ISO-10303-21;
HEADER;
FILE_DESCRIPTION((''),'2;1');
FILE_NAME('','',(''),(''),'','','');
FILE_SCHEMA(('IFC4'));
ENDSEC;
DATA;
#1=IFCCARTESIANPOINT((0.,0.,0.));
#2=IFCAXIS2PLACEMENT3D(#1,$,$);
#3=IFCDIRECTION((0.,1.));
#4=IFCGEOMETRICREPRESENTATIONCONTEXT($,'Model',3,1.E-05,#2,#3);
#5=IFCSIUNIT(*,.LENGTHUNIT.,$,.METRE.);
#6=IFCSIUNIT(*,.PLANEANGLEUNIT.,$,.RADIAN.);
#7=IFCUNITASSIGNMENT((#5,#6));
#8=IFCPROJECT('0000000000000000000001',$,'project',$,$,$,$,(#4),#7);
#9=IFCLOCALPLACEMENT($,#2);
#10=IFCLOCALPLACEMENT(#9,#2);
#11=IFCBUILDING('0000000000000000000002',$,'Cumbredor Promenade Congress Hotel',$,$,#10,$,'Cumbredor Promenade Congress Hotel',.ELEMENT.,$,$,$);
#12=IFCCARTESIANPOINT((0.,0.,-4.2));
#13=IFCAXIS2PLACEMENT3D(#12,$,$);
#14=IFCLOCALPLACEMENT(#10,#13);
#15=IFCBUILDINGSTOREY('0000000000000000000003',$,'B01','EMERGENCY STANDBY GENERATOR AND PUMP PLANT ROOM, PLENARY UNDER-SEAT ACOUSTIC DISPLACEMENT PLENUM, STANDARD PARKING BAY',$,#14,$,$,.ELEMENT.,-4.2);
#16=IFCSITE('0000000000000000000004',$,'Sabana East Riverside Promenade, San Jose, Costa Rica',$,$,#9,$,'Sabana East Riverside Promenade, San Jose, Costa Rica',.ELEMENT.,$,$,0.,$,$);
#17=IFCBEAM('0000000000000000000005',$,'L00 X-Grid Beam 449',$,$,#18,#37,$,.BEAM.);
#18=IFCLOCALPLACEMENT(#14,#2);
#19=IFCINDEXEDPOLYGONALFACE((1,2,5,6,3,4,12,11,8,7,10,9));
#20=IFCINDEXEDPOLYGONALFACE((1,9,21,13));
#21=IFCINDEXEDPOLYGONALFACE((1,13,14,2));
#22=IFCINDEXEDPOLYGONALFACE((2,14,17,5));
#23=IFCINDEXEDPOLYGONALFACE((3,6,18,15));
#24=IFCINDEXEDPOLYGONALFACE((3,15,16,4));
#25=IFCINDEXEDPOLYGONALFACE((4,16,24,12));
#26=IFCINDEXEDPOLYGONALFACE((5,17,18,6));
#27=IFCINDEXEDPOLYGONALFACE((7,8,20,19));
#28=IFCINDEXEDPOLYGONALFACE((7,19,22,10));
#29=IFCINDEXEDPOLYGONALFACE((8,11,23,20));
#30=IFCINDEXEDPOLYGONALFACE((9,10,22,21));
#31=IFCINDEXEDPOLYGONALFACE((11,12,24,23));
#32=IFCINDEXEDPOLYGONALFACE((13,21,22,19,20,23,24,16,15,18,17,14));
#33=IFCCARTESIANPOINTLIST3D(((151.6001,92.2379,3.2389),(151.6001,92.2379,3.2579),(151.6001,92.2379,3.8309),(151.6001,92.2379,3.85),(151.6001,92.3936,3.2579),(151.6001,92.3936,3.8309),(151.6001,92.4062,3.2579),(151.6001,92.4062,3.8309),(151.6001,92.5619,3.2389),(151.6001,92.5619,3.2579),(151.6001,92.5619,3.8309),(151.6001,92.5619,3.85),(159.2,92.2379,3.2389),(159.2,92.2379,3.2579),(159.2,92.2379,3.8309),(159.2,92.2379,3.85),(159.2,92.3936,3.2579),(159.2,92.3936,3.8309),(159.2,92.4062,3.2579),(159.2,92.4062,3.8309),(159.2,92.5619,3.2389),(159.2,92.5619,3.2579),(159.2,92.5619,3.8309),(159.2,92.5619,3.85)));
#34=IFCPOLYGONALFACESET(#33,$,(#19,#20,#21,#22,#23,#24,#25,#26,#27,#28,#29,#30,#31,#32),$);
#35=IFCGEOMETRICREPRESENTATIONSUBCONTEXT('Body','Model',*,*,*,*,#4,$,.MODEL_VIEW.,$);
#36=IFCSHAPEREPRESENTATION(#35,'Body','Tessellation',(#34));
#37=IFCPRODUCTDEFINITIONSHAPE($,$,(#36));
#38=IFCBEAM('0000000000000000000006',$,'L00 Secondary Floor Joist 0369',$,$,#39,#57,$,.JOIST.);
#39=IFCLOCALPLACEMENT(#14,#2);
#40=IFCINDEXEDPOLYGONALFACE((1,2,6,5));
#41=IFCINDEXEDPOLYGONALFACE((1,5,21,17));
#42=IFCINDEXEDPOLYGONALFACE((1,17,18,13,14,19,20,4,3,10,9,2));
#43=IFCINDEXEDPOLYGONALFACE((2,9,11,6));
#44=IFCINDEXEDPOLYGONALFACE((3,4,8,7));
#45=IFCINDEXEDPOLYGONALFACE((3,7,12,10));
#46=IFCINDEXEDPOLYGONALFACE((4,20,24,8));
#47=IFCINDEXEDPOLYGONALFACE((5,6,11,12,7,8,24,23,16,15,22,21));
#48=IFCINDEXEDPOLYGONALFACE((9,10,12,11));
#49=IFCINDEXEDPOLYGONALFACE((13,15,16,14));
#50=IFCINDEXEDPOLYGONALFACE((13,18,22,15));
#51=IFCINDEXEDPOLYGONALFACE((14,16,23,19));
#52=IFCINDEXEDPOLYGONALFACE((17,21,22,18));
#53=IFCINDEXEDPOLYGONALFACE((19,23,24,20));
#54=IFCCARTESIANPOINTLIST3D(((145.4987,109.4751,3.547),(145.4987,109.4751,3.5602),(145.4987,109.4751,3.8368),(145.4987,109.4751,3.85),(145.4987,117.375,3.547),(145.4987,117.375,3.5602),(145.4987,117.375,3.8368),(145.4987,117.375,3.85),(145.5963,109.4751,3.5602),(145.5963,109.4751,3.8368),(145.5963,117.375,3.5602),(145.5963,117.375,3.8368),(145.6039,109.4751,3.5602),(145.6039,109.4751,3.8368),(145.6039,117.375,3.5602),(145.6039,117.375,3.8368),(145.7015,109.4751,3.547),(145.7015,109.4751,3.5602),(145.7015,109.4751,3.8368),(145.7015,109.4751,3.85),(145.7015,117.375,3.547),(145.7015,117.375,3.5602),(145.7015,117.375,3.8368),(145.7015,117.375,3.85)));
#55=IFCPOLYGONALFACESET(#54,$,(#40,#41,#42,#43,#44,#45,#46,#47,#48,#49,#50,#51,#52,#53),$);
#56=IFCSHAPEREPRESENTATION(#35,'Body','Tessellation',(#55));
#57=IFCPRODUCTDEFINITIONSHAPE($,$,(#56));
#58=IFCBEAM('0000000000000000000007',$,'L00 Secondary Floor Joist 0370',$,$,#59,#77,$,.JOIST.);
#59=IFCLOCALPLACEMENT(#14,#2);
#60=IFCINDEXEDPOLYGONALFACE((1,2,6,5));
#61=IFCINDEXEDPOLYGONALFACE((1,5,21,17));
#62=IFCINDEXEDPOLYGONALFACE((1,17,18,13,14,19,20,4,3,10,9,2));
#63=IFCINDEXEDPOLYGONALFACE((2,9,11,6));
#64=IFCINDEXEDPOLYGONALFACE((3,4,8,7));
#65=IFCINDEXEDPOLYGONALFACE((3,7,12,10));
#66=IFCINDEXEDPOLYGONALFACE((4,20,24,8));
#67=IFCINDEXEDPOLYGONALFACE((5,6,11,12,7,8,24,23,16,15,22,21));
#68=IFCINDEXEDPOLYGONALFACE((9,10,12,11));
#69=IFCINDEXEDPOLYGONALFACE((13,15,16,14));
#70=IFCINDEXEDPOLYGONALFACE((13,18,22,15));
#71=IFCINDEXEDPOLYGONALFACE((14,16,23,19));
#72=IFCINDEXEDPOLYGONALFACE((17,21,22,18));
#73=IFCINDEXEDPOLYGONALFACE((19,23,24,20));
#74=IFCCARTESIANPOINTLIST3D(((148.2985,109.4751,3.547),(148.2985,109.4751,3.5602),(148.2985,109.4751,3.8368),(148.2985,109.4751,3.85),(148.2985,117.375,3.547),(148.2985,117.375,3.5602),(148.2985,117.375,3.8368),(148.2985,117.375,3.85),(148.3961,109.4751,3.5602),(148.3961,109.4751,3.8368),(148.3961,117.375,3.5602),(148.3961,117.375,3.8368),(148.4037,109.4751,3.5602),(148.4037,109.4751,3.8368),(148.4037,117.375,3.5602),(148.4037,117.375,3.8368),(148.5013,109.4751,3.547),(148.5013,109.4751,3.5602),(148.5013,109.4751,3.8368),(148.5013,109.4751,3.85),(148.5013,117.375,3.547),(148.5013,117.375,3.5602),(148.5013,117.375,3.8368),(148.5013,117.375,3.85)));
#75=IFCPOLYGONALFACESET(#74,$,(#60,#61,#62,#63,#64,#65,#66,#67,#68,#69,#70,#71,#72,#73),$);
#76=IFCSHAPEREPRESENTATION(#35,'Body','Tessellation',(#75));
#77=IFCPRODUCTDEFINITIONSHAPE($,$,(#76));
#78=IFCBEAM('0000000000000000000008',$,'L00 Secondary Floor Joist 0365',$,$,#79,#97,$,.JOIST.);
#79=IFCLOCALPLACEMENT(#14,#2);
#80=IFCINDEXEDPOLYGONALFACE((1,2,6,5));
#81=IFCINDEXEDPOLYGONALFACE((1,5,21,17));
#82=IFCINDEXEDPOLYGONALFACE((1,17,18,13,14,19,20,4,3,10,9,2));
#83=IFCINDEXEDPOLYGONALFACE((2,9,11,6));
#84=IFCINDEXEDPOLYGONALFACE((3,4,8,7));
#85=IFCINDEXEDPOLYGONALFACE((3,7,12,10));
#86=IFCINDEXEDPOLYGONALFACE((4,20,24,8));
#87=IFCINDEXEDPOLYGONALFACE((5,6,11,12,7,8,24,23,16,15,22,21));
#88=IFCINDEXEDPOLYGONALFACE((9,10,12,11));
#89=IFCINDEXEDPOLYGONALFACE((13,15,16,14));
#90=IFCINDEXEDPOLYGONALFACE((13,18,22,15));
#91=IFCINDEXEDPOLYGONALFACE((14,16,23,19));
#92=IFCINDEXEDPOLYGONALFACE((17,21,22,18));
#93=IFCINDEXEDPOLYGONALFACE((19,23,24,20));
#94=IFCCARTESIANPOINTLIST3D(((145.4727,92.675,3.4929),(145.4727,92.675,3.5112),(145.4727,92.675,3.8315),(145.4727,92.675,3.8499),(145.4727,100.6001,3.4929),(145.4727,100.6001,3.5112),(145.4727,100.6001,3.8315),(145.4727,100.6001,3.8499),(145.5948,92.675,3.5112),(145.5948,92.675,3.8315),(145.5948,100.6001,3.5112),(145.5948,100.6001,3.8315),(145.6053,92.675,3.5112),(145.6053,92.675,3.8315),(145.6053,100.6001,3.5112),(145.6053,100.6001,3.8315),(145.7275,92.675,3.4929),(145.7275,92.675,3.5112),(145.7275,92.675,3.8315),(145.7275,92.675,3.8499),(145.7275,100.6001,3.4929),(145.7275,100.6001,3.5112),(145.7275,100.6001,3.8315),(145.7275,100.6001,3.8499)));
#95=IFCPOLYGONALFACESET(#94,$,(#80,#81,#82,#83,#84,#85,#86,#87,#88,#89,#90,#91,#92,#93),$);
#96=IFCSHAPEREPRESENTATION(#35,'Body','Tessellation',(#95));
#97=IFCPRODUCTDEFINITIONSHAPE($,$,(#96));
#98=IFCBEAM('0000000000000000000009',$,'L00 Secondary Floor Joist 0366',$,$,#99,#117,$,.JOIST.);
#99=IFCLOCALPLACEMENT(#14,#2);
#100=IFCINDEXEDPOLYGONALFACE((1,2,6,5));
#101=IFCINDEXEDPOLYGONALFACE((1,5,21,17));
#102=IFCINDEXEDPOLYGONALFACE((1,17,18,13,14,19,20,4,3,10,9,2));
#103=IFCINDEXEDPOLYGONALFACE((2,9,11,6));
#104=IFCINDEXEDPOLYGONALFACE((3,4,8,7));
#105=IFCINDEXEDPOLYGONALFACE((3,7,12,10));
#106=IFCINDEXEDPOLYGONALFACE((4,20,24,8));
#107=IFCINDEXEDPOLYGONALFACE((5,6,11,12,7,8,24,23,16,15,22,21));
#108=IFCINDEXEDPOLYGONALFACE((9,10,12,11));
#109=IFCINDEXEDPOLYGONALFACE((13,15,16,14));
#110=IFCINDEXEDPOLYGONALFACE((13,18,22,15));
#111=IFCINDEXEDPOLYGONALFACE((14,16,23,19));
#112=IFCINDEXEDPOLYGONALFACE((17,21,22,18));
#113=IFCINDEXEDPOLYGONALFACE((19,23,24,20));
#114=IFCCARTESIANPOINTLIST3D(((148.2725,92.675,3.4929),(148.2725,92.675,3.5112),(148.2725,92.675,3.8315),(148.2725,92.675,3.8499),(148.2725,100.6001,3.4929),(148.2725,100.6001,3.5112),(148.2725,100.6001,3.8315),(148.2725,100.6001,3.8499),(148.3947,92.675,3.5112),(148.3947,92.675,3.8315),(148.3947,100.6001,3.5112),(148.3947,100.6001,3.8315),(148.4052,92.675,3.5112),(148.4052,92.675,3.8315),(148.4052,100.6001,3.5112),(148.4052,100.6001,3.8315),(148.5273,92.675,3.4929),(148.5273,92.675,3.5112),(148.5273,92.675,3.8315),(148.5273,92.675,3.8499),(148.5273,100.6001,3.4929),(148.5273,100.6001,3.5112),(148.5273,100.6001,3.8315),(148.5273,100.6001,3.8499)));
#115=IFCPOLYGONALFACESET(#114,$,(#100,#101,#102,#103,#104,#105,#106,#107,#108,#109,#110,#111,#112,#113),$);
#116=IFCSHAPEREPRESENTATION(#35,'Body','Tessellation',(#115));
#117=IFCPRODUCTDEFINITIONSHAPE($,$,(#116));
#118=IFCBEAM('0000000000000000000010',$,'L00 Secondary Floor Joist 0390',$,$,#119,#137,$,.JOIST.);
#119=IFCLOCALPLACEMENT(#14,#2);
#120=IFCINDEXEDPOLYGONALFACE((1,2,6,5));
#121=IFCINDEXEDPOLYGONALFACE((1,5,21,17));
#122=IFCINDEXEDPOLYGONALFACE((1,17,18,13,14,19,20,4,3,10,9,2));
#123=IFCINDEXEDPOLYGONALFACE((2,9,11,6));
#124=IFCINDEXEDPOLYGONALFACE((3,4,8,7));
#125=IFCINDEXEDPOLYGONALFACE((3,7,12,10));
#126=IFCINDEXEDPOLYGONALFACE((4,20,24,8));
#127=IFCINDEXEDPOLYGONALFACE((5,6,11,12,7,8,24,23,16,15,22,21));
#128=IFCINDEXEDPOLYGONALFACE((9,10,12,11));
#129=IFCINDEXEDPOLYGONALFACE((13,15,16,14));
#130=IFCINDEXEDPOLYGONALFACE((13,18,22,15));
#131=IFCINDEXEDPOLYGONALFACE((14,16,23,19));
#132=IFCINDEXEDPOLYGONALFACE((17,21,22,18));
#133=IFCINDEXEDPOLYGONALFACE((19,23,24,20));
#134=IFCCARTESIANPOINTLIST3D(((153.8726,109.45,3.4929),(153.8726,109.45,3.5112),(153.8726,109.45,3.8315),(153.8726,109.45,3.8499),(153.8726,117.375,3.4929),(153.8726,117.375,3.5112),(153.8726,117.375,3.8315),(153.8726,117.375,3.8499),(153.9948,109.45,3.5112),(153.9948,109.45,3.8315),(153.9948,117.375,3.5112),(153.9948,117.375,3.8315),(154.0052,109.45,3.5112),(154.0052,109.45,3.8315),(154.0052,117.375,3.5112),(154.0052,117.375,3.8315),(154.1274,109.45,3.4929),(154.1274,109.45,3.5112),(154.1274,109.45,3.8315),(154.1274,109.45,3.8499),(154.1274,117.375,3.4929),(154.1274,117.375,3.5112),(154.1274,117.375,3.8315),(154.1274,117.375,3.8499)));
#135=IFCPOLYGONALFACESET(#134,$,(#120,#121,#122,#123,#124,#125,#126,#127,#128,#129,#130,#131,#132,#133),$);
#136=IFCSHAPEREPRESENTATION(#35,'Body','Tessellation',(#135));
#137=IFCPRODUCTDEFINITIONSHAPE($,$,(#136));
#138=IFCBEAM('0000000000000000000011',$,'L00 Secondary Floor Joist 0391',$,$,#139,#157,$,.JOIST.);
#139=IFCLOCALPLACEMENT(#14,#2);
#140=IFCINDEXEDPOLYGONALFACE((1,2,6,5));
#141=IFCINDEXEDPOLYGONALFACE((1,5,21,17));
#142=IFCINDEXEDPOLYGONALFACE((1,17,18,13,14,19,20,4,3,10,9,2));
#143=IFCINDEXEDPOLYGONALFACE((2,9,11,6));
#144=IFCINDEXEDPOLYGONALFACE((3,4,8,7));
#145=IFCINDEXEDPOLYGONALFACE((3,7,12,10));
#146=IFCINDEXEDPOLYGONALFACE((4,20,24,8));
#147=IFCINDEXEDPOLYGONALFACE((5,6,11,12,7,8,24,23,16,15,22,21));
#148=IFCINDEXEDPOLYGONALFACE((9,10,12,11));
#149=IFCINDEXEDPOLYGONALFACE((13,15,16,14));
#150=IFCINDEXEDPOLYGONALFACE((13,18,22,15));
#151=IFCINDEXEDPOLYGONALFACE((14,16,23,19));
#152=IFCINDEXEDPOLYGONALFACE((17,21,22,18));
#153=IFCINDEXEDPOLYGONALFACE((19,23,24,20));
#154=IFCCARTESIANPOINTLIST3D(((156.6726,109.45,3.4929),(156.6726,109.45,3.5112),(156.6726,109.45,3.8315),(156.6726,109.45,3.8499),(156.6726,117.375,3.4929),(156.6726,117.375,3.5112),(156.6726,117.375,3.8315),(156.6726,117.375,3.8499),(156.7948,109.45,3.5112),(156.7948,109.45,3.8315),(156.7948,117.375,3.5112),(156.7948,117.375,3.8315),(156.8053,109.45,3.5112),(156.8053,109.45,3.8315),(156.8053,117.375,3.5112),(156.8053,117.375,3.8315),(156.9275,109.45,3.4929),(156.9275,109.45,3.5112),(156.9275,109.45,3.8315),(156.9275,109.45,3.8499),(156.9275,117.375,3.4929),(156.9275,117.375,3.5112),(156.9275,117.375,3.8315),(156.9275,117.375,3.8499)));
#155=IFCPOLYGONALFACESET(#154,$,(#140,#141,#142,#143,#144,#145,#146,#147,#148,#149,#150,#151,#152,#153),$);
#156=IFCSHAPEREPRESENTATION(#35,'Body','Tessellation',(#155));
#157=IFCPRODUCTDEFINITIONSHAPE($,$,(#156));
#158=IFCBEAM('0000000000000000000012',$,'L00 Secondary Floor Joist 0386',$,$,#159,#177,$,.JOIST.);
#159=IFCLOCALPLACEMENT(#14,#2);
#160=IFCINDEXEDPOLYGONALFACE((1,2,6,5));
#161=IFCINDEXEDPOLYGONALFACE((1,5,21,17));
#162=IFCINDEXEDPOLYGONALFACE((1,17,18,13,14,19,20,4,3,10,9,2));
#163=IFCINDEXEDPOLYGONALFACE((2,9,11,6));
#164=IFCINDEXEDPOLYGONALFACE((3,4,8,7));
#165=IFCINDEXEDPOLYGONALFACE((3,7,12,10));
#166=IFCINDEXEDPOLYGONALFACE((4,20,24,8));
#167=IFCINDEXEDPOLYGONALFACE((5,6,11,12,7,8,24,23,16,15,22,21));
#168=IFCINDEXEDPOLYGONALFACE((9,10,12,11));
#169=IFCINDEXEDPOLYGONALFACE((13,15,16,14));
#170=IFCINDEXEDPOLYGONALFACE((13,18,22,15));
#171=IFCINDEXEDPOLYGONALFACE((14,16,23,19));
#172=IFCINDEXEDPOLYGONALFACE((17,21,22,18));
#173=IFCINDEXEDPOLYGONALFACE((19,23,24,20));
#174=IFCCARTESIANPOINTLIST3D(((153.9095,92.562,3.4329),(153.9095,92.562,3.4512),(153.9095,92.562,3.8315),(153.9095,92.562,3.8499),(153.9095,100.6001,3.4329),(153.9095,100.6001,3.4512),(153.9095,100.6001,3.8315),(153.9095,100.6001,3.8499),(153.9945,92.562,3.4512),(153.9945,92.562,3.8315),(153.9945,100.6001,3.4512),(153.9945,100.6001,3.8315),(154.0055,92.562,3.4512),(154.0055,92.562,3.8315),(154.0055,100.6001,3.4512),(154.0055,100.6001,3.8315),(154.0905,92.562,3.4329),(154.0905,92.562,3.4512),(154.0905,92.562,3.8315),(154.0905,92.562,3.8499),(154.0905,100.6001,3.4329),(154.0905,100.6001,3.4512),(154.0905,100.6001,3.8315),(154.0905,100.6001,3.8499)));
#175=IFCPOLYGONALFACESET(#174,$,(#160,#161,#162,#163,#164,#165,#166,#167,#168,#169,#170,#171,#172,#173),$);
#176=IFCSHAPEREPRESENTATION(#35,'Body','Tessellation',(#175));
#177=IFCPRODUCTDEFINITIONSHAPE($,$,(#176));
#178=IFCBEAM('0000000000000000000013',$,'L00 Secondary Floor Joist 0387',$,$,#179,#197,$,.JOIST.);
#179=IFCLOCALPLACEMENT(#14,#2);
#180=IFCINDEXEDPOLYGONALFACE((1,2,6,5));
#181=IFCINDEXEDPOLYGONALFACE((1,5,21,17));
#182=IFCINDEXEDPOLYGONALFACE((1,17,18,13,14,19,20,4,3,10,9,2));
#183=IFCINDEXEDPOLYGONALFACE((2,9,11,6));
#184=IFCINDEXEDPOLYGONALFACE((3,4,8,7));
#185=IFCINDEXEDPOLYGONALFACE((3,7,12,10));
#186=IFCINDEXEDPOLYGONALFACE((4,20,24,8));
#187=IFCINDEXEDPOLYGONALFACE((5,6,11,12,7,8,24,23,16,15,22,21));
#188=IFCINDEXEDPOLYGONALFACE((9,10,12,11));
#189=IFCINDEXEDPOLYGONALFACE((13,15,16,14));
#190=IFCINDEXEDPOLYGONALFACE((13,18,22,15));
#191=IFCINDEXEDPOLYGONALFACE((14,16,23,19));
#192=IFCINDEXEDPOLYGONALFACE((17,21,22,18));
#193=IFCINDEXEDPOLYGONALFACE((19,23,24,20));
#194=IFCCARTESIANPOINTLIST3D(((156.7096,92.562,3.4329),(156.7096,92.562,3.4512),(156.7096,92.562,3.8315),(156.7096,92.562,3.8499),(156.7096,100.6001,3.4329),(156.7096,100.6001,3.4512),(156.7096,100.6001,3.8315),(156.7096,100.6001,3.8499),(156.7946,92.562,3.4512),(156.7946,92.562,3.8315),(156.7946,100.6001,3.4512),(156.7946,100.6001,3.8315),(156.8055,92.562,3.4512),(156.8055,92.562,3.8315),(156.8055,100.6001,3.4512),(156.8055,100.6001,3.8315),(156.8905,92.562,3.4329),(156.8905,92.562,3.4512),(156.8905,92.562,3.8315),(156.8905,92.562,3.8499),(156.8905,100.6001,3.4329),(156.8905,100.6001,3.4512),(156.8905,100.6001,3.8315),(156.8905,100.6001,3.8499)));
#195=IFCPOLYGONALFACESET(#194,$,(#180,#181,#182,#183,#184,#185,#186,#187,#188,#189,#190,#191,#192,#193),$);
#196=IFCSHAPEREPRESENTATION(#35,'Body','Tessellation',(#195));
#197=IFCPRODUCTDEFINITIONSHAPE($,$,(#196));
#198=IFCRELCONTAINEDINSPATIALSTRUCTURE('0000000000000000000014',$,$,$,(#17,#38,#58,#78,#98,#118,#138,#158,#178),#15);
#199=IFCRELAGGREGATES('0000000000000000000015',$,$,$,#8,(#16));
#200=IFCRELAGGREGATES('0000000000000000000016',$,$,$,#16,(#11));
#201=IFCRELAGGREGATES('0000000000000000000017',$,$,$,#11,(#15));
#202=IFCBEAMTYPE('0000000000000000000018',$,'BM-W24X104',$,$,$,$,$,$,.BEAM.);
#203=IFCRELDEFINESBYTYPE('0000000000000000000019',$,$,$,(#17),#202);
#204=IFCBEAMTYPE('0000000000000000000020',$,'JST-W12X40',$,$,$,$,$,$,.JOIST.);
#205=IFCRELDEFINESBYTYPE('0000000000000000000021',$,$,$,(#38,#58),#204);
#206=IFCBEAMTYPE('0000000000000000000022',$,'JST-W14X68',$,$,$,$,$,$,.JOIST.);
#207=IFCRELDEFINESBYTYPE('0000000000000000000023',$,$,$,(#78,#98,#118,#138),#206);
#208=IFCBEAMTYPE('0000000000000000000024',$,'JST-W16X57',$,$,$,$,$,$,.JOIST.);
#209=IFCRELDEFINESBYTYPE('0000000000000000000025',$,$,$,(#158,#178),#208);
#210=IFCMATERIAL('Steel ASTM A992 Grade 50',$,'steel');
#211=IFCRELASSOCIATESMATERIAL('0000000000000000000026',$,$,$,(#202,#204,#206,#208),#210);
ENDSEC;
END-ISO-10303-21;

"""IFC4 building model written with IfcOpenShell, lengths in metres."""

from ifc_helpers import new_model, si_unit, direction, frame, origin, origin_2d, place, context, subcontext, project, spatial, i_section, extrude, material, material_profile, profile_set, type_object, element, save


model = new_model("IFC4")

# Units and contexts
model_context = context("Model", 3, precision=1e-05, world=origin(), true_north=direction((0.0, 1.0)))
body_context = subcontext(model_context, "Body", "Model", "MODEL_VIEW")
ifc_project = project(units=[si_unit("LENGTHUNIT", "METRE"), si_unit("PLANEANGLEUNIT", "RADIAN")], contexts=[model_context])

# Site, building, storey
site_placement = place(None, origin())
site = spatial("IfcSite", under=ifc_project, at=site_placement, Name="Sabana East Riverside Promenade, San Jose, Costa Rica", LongName="Sabana East Riverside Promenade, San Jose, Costa Rica", CompositionType="ELEMENT", RefElevation=0.0)
building_placement = place(site_placement, origin())
building = spatial("IfcBuilding", under=site, at=building_placement, Name="Cumbredor Promenade Congress Hotel", LongName="Cumbredor Promenade Congress Hotel", CompositionType="ELEMENT")
storey_placement = place(building_placement, frame((0.0, 0.0, -4.2)))
storey = spatial("IfcBuildingStorey", under=building, at=storey_placement, Name="B01", Description="EMERGENCY STANDBY GENERATOR AND PUMP PLANT ROOM, PLENARY UNDER-SEAT ACOUSTIC DISPLACEMENT PLENUM, STANDARD PARKING BAY", CompositionType="ELEMENT", Elevation=-4.2)

# Beams
ifc_material_1 = material(Name="Steel ASTM A992 Grade 50", Category="steel")
ifc_material_profile_1 = material_profile(ifc_material_1, i_section(OverallWidth=0.324, OverallDepth=0.6111, WebThickness=0.0127, FlangeThickness=0.019, at=origin_2d()), Name="W24X104")
ifc_profile_set_1 = profile_set([ifc_material_profile_1], Name="Steel ASTM A992 Grade 50")
beam_type_1 = type_object("IfcBeamType", Name="BM-W24X104", PredefinedType="BEAM", material=ifc_profile_set_1)
beam_1_placement = place(storey_placement, frame((151.6001, 92.3999, 3.5444), z_axis=(1.0, 0.0, 0.0), x_axis=(0.0, 1.0, 0.0)))
element("IfcBeam", 1, at=beam_1_placement, inside=storey, type_object=beam_type_1, Name="L00 X-Grid Beam 449", PredefinedType="BEAM", context=body_context, shape_type="SweptSolid", body=[
    extrude(i_section(OverallWidth=0.324, OverallDepth=0.6111, WebThickness=0.0127, FlangeThickness=0.019, at=origin_2d()), origin(), (0.0, 0.0, 1.0), 7.5999),
])
ifc_material_profile_2 = material_profile(ifc_material_1, i_section(OverallWidth=0.2029, OverallDepth=0.303, WebThickness=0.0076, FlangeThickness=0.0132, at=origin_2d()), Name="W12X40")
ifc_profile_set_2 = profile_set([ifc_material_profile_2], Name="Steel ASTM A992 Grade 50")
beam_type_2 = type_object("IfcBeamType", Name="JST-W12X40", PredefinedType="JOIST", material=ifc_profile_set_2)
for number, where, z_axis, x_axis, name in (
    (2, (145.6001, 109.4751, 3.6985), (0.0, 1.0, 0.0), (-1.0, 0.0, 0.0), "L00 Secondary Floor Joist 0369"),
    (3, (148.3999, 109.4751, 3.6985), (0.0, 1.0, 0.0), (-1.0, 0.0, 0.0), "L00 Secondary Floor Joist 0370"),
):
    element("IfcBeam", number, at=place(storey_placement, frame(where, z_axis=z_axis, x_axis=x_axis)), inside=storey, type_object=beam_type_2, Name=name, PredefinedType="JOIST", context=body_context, shape_type="SweptSolid", body=[
        extrude(i_section(OverallWidth=0.2029, OverallDepth=0.303, WebThickness=0.0076, FlangeThickness=0.0132, at=origin_2d()), origin(), (0.0, 0.0, 1.0), 7.8999),
    ])
ifc_material_profile_3 = material_profile(ifc_material_1, i_section(OverallWidth=0.2549, OverallDepth=0.3569, WebThickness=0.0105, FlangeThickness=0.0183, at=origin_2d()), Name="W14X68")
ifc_profile_set_3 = profile_set([ifc_material_profile_3], Name="Steel ASTM A992 Grade 50")
beam_type_3 = type_object("IfcBeamType", Name="JST-W14X68", PredefinedType="JOIST", material=ifc_profile_set_3)
for number, where, z_axis, x_axis, name in (
    (4, (145.6001, 92.675, 3.6714), (0.0, 1.0, 0.0), (-1.0, 0.0, 0.0), "L00 Secondary Floor Joist 0365"),
    (5, (148.3999, 92.675, 3.6714), (0.0, 1.0, 0.0), (-1.0, 0.0, 0.0), "L00 Secondary Floor Joist 0366"),
    (6, (154.0, 109.45, 3.6714), (0.0, 1.0, 0.0), (-1.0, 0.0, 0.0), "L00 Secondary Floor Joist 0390"),
    (7, (156.8, 109.45, 3.6714), (0.0, 1.0, 0.0), (-1.0, 0.0, 0.0), "L00 Secondary Floor Joist 0391"),
):
    element("IfcBeam", number, at=place(storey_placement, frame(where, z_axis=z_axis, x_axis=x_axis)), inside=storey, type_object=beam_type_3, Name=name, PredefinedType="JOIST", context=body_context, shape_type="SweptSolid", body=[
        extrude(i_section(OverallWidth=0.2549, OverallDepth=0.3569, WebThickness=0.0105, FlangeThickness=0.0183, at=origin_2d()), origin(), (0.0, 0.0, 1.0), 7.925),
    ])
ifc_material_profile_4 = material_profile(ifc_material_1, i_section(OverallWidth=0.1809, OverallDepth=0.417, WebThickness=0.011, FlangeThickness=0.0183, at=origin_2d()), Name="W16X57")
ifc_profile_set_4 = profile_set([ifc_material_profile_4], Name="Steel ASTM A992 Grade 50")
beam_type_4 = type_object("IfcBeamType", Name="JST-W16X57", PredefinedType="JOIST", material=ifc_profile_set_4)
for number, where, z_axis, x_axis, name in (
    (8, (154.0, 92.562, 3.6414), (0.0, 1.0, 0.0), (-1.0, 0.0, 0.0), "L00 Secondary Floor Joist 0386"),
    (9, (156.8, 92.562, 3.6414), (0.0, 1.0, 0.0), (-1.0, 0.0, 0.0), "L00 Secondary Floor Joist 0387"),
):
    element("IfcBeam", number, at=place(storey_placement, frame(where, z_axis=z_axis, x_axis=x_axis)), inside=storey, type_object=beam_type_4, Name=name, PredefinedType="JOIST", context=body_context, shape_type="SweptSolid", body=[
        extrude(i_section(OverallWidth=0.1809, OverallDepth=0.417, WebThickness=0.011, FlangeThickness=0.0183, at=origin_2d()), origin(), (0.0, 0.0, 1.0), 8.0381),
    ])

save(model, "model.ifc")
